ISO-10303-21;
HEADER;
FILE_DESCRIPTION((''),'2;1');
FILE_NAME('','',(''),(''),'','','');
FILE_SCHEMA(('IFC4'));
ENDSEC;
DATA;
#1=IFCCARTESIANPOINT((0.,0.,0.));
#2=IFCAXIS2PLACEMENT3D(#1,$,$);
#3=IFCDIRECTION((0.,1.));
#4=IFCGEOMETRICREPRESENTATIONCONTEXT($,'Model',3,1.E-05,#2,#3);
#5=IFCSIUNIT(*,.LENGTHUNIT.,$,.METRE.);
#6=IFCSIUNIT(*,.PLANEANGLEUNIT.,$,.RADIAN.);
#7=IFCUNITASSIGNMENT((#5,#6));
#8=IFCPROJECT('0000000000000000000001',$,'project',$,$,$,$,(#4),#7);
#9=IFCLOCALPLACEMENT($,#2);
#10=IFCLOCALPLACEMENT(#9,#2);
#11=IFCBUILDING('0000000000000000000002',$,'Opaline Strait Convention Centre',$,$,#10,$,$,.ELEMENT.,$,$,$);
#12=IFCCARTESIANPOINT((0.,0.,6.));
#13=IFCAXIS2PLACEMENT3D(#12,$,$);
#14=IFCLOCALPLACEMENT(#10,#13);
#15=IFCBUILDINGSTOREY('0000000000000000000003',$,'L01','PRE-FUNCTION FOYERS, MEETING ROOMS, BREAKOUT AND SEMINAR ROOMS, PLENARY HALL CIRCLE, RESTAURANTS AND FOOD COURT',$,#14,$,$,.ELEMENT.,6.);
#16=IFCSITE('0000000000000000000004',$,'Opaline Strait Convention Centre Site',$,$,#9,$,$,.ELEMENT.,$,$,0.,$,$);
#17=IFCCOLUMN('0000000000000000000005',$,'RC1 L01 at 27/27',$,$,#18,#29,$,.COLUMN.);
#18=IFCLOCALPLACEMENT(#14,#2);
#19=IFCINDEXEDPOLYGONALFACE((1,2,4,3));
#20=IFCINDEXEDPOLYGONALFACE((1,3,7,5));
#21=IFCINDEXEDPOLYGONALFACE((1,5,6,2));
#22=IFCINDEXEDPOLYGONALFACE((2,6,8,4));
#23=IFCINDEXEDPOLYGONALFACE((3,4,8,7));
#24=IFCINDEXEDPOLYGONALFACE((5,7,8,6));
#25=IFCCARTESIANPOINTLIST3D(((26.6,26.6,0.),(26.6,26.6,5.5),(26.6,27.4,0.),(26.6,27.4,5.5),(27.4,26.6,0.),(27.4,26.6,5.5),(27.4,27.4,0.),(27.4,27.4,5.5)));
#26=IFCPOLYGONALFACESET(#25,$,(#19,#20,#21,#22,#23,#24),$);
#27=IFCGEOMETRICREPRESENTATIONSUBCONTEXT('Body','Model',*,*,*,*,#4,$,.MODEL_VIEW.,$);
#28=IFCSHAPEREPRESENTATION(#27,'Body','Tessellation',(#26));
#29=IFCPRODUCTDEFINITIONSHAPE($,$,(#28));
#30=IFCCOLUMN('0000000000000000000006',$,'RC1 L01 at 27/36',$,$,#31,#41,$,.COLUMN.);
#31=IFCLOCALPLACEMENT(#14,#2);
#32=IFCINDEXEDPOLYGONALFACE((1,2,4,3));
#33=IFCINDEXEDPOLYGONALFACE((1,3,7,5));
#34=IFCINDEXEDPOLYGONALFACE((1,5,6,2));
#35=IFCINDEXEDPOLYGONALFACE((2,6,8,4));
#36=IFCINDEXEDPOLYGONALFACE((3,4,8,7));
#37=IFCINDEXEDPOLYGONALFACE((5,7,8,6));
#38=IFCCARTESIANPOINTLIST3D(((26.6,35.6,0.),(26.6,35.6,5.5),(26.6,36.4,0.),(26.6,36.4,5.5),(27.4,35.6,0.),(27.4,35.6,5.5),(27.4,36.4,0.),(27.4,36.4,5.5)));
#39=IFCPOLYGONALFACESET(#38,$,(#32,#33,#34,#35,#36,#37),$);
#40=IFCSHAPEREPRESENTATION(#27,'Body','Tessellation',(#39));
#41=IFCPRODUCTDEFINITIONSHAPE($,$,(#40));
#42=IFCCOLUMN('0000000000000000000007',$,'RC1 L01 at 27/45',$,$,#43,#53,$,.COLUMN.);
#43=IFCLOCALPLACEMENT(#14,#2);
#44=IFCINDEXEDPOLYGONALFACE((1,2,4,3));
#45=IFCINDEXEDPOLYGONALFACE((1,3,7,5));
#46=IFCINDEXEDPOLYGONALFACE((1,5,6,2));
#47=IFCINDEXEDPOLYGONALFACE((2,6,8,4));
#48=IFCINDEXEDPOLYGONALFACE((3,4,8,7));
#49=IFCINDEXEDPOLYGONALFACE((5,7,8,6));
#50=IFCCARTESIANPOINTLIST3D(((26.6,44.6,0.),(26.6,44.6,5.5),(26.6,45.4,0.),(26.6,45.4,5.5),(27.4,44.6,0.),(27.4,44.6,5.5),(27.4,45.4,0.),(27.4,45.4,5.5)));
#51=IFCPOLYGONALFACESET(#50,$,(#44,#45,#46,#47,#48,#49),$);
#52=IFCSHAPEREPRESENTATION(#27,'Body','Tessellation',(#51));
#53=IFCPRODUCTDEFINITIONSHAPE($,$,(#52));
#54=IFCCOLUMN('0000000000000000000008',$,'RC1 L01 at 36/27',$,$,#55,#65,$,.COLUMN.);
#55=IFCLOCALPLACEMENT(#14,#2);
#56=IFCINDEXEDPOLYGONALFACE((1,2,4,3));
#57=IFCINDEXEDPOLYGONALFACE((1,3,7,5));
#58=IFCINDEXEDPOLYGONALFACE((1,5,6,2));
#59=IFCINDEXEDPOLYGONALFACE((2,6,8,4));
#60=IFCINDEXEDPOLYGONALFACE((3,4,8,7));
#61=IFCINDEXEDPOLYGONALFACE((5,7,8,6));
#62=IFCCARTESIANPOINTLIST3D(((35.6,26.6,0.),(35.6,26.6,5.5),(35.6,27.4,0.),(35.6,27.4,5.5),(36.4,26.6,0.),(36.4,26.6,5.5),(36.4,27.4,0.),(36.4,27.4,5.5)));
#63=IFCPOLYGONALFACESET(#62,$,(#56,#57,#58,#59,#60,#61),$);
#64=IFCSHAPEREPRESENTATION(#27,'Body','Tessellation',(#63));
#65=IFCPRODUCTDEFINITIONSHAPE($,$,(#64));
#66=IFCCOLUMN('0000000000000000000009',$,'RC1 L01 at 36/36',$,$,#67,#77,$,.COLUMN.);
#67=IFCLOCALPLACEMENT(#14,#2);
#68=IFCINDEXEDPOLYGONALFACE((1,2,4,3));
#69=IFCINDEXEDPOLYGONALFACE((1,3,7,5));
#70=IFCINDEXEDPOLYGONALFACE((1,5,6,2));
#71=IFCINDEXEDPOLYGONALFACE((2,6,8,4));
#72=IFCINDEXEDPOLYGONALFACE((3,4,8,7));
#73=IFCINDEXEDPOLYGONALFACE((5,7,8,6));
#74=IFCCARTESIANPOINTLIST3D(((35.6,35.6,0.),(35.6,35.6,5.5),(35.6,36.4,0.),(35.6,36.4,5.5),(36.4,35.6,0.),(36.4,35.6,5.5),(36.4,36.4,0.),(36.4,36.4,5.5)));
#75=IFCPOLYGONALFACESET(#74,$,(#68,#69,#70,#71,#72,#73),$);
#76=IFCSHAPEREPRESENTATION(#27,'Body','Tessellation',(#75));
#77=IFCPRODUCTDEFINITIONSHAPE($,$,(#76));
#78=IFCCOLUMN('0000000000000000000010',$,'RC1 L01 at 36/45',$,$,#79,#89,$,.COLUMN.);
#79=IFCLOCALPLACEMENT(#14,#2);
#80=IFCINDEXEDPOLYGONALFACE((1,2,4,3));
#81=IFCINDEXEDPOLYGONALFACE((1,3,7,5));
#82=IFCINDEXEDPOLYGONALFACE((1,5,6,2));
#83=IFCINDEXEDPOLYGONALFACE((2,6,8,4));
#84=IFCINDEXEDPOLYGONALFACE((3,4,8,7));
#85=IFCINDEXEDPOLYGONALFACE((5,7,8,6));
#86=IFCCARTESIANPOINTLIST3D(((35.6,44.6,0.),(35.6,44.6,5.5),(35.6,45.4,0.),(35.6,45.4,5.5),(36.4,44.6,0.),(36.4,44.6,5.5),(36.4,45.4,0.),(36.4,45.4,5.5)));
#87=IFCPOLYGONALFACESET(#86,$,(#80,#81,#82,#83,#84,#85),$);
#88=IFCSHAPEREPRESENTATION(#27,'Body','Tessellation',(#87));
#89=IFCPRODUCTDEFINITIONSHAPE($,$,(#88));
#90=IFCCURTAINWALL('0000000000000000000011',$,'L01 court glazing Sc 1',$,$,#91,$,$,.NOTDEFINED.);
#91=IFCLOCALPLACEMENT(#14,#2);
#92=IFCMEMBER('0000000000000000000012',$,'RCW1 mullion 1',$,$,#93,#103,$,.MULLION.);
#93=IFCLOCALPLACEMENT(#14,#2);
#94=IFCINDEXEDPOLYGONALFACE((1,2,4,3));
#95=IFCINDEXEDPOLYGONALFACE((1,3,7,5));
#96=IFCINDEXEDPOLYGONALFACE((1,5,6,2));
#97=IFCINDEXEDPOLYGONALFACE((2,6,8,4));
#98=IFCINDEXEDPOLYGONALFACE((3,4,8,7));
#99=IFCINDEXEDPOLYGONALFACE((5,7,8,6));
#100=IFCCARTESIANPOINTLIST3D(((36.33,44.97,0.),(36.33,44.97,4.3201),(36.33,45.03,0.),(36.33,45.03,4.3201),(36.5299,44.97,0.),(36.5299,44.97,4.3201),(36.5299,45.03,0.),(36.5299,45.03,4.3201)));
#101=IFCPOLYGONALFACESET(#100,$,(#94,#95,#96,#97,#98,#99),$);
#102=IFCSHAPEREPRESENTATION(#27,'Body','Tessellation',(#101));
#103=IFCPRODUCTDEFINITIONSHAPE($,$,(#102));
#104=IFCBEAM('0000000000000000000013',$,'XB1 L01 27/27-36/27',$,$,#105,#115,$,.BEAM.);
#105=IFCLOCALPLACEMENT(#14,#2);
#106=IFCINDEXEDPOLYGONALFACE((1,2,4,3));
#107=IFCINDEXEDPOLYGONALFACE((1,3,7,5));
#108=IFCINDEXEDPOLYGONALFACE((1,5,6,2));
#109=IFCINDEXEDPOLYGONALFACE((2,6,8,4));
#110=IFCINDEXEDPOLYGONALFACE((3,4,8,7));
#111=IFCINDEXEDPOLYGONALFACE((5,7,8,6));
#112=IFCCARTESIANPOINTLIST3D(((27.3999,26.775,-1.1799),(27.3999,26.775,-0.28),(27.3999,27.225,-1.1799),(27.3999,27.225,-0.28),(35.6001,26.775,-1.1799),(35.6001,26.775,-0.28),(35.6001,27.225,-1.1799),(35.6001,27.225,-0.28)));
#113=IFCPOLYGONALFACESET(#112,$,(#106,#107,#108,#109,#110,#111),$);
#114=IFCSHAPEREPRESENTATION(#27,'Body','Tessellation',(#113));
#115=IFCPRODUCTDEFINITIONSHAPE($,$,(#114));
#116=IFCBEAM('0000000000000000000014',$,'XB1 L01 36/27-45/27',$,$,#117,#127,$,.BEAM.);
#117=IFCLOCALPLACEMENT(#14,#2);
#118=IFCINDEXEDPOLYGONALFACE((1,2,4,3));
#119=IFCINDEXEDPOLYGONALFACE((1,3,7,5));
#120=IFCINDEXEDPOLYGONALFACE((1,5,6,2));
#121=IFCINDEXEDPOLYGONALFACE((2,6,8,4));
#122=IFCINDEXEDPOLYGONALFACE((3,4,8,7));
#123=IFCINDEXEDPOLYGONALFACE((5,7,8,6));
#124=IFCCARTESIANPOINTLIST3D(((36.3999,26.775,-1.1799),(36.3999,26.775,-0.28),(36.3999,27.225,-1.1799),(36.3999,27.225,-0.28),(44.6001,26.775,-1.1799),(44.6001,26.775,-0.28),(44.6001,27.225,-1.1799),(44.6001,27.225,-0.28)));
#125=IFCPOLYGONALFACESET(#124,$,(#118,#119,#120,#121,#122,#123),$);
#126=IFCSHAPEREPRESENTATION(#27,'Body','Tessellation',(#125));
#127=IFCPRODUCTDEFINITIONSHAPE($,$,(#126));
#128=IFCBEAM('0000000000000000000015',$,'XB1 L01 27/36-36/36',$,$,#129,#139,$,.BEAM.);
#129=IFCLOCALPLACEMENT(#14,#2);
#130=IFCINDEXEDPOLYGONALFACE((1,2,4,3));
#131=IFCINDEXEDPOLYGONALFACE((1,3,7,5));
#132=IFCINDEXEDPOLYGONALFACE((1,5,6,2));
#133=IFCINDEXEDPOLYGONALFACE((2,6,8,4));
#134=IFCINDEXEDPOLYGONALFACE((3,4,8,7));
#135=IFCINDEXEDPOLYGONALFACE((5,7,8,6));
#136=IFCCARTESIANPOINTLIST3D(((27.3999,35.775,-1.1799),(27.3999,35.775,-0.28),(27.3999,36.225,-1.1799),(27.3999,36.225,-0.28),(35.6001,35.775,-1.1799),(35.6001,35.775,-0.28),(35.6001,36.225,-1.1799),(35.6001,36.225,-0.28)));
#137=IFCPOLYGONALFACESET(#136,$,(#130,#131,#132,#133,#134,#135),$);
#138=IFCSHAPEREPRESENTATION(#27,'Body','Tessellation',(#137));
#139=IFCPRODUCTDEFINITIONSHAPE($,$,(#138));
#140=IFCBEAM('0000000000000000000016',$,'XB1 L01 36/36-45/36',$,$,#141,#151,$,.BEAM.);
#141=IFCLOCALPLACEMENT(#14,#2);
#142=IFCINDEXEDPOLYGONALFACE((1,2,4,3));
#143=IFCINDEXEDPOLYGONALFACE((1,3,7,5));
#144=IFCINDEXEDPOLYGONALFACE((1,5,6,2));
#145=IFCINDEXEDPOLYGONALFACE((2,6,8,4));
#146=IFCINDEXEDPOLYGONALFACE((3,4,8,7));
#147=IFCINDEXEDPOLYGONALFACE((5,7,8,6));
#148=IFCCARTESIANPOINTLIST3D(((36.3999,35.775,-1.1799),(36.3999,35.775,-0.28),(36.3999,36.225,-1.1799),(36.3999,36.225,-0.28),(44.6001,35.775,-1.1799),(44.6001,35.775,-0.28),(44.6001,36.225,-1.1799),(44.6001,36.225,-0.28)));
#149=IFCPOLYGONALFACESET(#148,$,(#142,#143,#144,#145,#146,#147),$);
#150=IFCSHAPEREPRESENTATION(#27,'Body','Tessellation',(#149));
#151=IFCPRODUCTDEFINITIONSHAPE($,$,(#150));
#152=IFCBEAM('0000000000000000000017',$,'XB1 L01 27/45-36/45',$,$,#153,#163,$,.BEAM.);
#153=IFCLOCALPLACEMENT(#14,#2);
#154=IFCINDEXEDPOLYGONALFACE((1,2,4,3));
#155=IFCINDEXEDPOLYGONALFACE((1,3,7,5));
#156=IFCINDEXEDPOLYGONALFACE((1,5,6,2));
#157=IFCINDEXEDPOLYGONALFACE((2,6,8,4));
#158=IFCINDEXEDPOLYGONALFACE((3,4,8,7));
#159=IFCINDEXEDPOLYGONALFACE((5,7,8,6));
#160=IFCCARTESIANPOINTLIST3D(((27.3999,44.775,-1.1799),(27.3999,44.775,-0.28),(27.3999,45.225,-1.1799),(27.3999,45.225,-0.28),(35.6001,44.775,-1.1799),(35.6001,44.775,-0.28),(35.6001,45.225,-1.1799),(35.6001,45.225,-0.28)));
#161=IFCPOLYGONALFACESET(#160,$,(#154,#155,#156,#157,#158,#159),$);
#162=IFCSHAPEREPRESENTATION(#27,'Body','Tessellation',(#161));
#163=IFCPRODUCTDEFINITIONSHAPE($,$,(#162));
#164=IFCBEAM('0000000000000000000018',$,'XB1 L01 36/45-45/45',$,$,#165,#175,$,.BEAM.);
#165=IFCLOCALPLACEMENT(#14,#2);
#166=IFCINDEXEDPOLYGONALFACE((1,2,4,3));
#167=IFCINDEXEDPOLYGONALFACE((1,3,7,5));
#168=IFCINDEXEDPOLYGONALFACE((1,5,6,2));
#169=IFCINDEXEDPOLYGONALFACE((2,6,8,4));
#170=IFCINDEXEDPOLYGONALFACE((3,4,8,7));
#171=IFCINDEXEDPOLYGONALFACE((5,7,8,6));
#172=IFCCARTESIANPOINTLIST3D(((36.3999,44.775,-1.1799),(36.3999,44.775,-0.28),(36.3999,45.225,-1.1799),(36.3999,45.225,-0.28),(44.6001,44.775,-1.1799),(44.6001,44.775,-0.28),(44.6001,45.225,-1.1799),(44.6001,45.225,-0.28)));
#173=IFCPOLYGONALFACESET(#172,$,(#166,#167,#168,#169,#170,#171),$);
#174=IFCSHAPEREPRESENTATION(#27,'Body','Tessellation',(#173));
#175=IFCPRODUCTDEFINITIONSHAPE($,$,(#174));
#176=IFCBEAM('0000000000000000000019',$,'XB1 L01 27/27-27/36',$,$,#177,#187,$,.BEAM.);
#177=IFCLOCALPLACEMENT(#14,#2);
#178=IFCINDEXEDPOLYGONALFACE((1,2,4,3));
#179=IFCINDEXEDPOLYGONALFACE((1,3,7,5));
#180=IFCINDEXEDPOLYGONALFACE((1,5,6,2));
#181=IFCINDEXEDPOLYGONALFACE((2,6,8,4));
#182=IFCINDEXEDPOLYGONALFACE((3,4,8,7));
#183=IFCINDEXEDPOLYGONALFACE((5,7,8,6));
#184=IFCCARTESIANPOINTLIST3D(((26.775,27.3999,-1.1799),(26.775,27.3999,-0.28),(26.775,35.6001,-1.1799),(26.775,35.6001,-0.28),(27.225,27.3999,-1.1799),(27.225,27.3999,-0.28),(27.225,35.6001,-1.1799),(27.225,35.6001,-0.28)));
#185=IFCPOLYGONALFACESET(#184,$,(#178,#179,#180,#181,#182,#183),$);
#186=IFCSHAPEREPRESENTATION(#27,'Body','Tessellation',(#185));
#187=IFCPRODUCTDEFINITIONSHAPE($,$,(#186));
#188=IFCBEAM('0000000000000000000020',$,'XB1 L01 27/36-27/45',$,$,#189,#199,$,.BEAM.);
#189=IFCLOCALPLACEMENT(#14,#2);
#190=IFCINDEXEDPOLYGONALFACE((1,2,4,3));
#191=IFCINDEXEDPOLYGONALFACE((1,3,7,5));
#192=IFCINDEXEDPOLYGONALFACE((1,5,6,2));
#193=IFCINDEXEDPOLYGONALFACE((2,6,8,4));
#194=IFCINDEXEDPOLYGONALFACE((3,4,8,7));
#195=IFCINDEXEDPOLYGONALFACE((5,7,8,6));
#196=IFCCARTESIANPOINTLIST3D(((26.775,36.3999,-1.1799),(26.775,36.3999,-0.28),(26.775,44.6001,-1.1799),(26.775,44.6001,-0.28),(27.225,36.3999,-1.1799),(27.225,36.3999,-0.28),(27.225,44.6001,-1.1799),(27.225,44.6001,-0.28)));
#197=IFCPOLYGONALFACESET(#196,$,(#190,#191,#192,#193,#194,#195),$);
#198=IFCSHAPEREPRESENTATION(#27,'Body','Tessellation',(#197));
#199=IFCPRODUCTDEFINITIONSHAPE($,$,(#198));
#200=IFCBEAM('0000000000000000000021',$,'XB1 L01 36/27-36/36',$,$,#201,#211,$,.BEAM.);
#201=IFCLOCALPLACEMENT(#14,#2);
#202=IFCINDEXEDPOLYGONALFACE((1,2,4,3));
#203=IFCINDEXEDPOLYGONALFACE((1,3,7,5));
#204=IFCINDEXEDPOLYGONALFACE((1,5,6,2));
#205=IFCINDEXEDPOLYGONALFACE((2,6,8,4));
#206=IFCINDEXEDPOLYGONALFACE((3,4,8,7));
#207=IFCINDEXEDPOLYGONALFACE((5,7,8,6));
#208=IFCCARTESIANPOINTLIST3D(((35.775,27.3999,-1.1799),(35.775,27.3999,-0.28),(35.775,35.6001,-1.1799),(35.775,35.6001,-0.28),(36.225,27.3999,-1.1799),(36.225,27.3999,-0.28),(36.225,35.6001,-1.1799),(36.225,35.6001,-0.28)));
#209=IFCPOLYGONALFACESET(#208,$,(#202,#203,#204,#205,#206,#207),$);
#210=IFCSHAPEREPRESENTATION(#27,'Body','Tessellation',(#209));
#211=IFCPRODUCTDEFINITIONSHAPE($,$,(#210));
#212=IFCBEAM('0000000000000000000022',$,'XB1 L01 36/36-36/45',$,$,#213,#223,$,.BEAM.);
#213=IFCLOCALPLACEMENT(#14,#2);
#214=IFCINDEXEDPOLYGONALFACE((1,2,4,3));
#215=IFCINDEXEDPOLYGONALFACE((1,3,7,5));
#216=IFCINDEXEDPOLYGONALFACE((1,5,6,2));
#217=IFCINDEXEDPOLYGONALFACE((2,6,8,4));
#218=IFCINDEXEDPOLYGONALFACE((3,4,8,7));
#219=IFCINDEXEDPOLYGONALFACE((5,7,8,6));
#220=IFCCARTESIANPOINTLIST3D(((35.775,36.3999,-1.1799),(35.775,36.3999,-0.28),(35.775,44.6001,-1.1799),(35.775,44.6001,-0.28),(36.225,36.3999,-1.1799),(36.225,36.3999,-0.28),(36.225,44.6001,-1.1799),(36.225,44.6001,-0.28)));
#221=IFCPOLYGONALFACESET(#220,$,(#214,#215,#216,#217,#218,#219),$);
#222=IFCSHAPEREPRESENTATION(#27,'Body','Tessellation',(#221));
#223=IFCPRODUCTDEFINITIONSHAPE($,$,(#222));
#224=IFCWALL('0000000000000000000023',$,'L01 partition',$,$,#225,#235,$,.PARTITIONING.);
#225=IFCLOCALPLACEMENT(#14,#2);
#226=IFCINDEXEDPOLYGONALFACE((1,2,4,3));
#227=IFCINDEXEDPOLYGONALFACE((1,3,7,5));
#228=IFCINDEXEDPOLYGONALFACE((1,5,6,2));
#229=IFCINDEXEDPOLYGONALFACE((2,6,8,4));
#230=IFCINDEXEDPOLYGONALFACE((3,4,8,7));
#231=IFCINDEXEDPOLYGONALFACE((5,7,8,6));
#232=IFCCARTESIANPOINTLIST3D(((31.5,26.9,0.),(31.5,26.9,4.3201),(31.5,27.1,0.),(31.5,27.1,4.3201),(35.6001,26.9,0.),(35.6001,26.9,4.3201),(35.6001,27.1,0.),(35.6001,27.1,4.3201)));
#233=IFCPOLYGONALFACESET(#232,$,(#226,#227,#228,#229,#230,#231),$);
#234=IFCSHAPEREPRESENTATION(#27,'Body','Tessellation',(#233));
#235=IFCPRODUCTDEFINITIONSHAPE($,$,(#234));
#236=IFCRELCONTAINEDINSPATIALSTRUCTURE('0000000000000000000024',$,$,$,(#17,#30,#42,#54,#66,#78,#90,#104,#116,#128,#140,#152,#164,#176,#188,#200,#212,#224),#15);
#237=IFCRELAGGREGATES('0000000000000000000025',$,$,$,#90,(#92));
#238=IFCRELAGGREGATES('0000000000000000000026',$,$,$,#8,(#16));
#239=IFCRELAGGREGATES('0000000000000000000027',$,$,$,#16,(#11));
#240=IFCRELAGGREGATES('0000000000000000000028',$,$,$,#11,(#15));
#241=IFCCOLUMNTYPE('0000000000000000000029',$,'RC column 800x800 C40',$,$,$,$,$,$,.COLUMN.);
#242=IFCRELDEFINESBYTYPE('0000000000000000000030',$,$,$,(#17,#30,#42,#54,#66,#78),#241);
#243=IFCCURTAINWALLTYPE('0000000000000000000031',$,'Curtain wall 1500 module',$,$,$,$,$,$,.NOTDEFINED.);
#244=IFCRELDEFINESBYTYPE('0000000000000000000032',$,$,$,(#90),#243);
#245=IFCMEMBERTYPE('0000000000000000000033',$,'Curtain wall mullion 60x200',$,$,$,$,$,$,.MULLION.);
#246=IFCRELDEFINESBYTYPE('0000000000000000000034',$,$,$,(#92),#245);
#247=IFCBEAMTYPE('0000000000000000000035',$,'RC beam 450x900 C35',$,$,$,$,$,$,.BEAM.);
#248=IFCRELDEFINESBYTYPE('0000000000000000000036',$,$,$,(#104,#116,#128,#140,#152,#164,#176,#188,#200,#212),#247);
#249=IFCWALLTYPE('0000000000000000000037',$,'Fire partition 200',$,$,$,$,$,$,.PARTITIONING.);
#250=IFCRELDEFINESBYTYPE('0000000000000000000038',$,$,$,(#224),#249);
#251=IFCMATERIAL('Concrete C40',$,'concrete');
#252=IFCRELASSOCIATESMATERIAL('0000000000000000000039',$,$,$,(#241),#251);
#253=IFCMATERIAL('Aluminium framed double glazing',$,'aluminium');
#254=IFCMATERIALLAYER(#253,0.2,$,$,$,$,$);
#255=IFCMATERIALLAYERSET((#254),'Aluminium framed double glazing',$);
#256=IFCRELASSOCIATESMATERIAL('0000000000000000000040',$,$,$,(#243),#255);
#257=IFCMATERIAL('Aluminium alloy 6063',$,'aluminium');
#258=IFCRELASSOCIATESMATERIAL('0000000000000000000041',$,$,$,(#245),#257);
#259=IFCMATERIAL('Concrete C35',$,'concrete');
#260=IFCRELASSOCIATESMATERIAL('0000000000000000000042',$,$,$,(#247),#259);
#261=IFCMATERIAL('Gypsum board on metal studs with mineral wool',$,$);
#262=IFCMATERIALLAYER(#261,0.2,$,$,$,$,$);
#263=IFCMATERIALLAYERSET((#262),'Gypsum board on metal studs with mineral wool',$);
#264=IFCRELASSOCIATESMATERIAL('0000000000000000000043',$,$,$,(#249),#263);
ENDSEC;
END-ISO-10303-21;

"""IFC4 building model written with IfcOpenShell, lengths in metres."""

from ifc_helpers import new_model, si_unit, direction, frame, frame_2d, origin, origin_2d, place, context, subcontext, project, spatial, rectangle, extrude, material, layer, layer_set, material_profile, profile_set, type_object, element, aggregate, save


model = new_model("IFC4")

# Units and contexts
model_context = context("Model", 3, precision=1e-05, world=origin(), true_north=direction((0.0, 1.0)))
body_context = subcontext(model_context, "Body", "Model", "MODEL_VIEW")
ifc_project = project(units=[si_unit("LENGTHUNIT", "METRE"), si_unit("PLANEANGLEUNIT", "RADIAN")], contexts=[model_context])

# Site, building, storey
site_placement = place(None, origin())
site = spatial("IfcSite", under=ifc_project, at=site_placement, Name="Opaline Strait Convention Centre Site", CompositionType="ELEMENT", RefElevation=0.0)
building_placement = place(site_placement, origin())
building = spatial("IfcBuilding", under=site, at=building_placement, Name="Opaline Strait Convention Centre", CompositionType="ELEMENT")
storey_placement = place(building_placement, frame((0.0, 0.0, 6.0)))
storey = spatial("IfcBuildingStorey", under=building, at=storey_placement, Name="L01", Description="PRE-FUNCTION FOYERS, MEETING ROOMS, BREAKOUT AND SEMINAR ROOMS, PLENARY HALL CIRCLE, RESTAURANTS AND FOOD COURT", CompositionType="ELEMENT", Elevation=6.0)

# Columns
ifc_material_1 = material(Name="Concrete C40", Category="concrete")
ifc_material_profile_1 = material_profile(ifc_material_1, rectangle(XDim=0.8, YDim=0.8, at=origin_2d()), Name="RC 800x800")
ifc_profile_set_1 = profile_set([ifc_material_profile_1], Name="Concrete C40")
column_type = type_object("IfcColumnType", Name="RC column 800x800 C40", PredefinedType="COLUMN", material=ifc_profile_set_1)
for number, where, z_axis, x_axis, name in (
    (1, (27.0, 27.0, 0.0), (0.0, 0.0, 1.0), (1.0, 0.0, 0.0), "RC1 L01 at 27/27"),
    (2, (27.0, 36.0, 0.0), (0.0, 0.0, 1.0), (1.0, 0.0, 0.0), "RC1 L01 at 27/36"),
    (3, (27.0, 45.0, 0.0), (0.0, 0.0, 1.0), (1.0, 0.0, 0.0), "RC1 L01 at 27/45"),
    (4, (36.0, 27.0, 0.0), (0.0, 0.0, 1.0), (1.0, 0.0, 0.0), "RC1 L01 at 36/27"),
    (5, (36.0, 36.0, 0.0), (0.0, 0.0, 1.0), (1.0, 0.0, 0.0), "RC1 L01 at 36/36"),
    (6, (36.0, 45.0, 0.0), (0.0, 0.0, 1.0), (1.0, 0.0, 0.0), "RC1 L01 at 36/45"),
):
    element("IfcColumn", number, at=place(storey_placement, frame(where, z_axis=z_axis, x_axis=x_axis)), inside=storey, type_object=column_type, Name=name, PredefinedType="COLUMN", context=body_context, shape_type="SweptSolid", body=[
        extrude(rectangle(XDim=0.8, YDim=0.8, at=origin_2d()), origin(), (0.0, 0.0, 1.0), 5.5),
    ])

# Curtain wall, member
ifc_material_2 = material(Name="Aluminium framed double glazing", Category="aluminium")
ifc_layer_1 = layer(ifc_material_2, 0.2)
ifc_layer_set_1 = layer_set([ifc_layer_1], Name="Aluminium framed double glazing")
curtain_wall_type = type_object("IfcCurtainWallType", Name="Curtain wall 1500 module", PredefinedType="NOTDEFINED", material=ifc_layer_set_1)
curtain_wall_placement = place(storey_placement, origin())
curtain_wall = element("IfcCurtainWall", 7, at=curtain_wall_placement, inside=storey, type_object=curtain_wall_type, Name="L01 court glazing Sc 1", PredefinedType="NOTDEFINED")
ifc_material_3 = material(Name="Aluminium alloy 6063", Category="aluminium")
ifc_material_profile_2 = material_profile(ifc_material_3, rectangle(XDim=0.0601, YDim=0.2, at=origin_2d()), Name="Curtain wall mullion 60x200")
ifc_profile_set_2 = profile_set([ifc_material_profile_2], Name="Aluminium alloy 6063")
member_type = type_object("IfcMemberType", Name="Curtain wall mullion 60x200", PredefinedType="MULLION", material=ifc_profile_set_2)
member_placement = place(storey_placement, frame((36.4299, 45.0, 0.0), z_axis=(0.0, 0.0, 1.0), x_axis=(0.0, 1.0, 0.0)))
member = element("IfcMember", 8, at=member_placement, type_object=member_type, Name="RCW1 mullion 1", PredefinedType="MULLION", context=body_context, shape_type="SweptSolid", body=[
    extrude(rectangle(XDim=0.0601, YDim=0.2, at=origin_2d()), origin(), (0.0, 0.0, 1.0), 4.3201),
])
aggregate(curtain_wall, [member])

# Beams
ifc_material_4 = material(Name="Concrete C35", Category="concrete")
ifc_material_profile_3 = material_profile(ifc_material_4, rectangle(XDim=0.45, YDim=0.8999, at=origin_2d()), Name="RC 450x900")
ifc_profile_set_3 = profile_set([ifc_material_profile_3], Name="Concrete C35")
beam_type = type_object("IfcBeamType", Name="RC beam 450x900 C35", PredefinedType="BEAM", material=ifc_profile_set_3)
for number, where, z_axis, x_axis, name in (
    (9, (27.3999, 27.0, -0.73), (1.0, 0.0, 0.0), (0.0, 1.0, 0.0), "XB1 L01 27/27-36/27"),
    (10, (36.3999, 27.0, -0.73), (1.0, 0.0, 0.0), (0.0, 1.0, 0.0), "XB1 L01 36/27-45/27"),
    (11, (27.3999, 36.0, -0.73), (1.0, 0.0, 0.0), (0.0, 1.0, 0.0), "XB1 L01 27/36-36/36"),
    (12, (36.3999, 36.0, -0.73), (1.0, 0.0, 0.0), (0.0, 1.0, 0.0), "XB1 L01 36/36-45/36"),
    (13, (27.3999, 45.0, -0.73), (1.0, 0.0, 0.0), (0.0, 1.0, 0.0), "XB1 L01 27/45-36/45"),
    (14, (36.3999, 45.0, -0.73), (1.0, 0.0, 0.0), (0.0, 1.0, 0.0), "XB1 L01 36/45-45/45"),
    (15, (27.0, 27.3999, -0.73), (0.0, 1.0, 0.0), (-1.0, 0.0, 0.0), "XB1 L01 27/27-27/36"),
    (16, (27.0, 36.3999, -0.73), (0.0, 1.0, 0.0), (-1.0, 0.0, 0.0), "XB1 L01 27/36-27/45"),
    (17, (36.0, 27.3999, -0.73), (0.0, 1.0, 0.0), (-1.0, 0.0, 0.0), "XB1 L01 36/27-36/36"),
    (18, (36.0, 36.3999, -0.73), (0.0, 1.0, 0.0), (-1.0, 0.0, 0.0), "XB1 L01 36/36-36/45"),
):
    element("IfcBeam", number, at=place(storey_placement, frame(where, z_axis=z_axis, x_axis=x_axis)), inside=storey, type_object=beam_type, Name=name, PredefinedType="BEAM", context=body_context, shape_type="SweptSolid", body=[
        extrude(rectangle(XDim=0.45, YDim=0.8999, at=origin_2d()), origin(), (0.0, 0.0, 1.0), 8.2002),
    ])

# Wall
ifc_material_5 = material(Name="Gypsum board on metal studs with mineral wool")
ifc_layer_2 = layer(ifc_material_5, 0.2)
ifc_layer_set_2 = layer_set([ifc_layer_2], Name="Gypsum board on metal studs with mineral wool")
wall_type_1 = type_object("IfcWallType", Name="Fire partition 200", PredefinedType="PARTITIONING", material=ifc_layer_set_2)
wall_1_placement = place(storey_placement, frame((31.5, 27.0, 0.0), z_axis=(0.0, 0.0, 1.0), x_axis=(1.0, 0.0, 0.0)))
element("IfcWall", 19, at=wall_1_placement, inside=storey, type_object=wall_type_1, Name="L01 partition", PredefinedType="PARTITIONING", context=body_context, shape_type="SweptSolid", body=[
    extrude(rectangle(XDim=4.1001, YDim=0.2, at=frame_2d((2.05, 0.0))), origin(), (0.0, 0.0, 1.0), 4.3201),
])

save(model, "model.ifc")
